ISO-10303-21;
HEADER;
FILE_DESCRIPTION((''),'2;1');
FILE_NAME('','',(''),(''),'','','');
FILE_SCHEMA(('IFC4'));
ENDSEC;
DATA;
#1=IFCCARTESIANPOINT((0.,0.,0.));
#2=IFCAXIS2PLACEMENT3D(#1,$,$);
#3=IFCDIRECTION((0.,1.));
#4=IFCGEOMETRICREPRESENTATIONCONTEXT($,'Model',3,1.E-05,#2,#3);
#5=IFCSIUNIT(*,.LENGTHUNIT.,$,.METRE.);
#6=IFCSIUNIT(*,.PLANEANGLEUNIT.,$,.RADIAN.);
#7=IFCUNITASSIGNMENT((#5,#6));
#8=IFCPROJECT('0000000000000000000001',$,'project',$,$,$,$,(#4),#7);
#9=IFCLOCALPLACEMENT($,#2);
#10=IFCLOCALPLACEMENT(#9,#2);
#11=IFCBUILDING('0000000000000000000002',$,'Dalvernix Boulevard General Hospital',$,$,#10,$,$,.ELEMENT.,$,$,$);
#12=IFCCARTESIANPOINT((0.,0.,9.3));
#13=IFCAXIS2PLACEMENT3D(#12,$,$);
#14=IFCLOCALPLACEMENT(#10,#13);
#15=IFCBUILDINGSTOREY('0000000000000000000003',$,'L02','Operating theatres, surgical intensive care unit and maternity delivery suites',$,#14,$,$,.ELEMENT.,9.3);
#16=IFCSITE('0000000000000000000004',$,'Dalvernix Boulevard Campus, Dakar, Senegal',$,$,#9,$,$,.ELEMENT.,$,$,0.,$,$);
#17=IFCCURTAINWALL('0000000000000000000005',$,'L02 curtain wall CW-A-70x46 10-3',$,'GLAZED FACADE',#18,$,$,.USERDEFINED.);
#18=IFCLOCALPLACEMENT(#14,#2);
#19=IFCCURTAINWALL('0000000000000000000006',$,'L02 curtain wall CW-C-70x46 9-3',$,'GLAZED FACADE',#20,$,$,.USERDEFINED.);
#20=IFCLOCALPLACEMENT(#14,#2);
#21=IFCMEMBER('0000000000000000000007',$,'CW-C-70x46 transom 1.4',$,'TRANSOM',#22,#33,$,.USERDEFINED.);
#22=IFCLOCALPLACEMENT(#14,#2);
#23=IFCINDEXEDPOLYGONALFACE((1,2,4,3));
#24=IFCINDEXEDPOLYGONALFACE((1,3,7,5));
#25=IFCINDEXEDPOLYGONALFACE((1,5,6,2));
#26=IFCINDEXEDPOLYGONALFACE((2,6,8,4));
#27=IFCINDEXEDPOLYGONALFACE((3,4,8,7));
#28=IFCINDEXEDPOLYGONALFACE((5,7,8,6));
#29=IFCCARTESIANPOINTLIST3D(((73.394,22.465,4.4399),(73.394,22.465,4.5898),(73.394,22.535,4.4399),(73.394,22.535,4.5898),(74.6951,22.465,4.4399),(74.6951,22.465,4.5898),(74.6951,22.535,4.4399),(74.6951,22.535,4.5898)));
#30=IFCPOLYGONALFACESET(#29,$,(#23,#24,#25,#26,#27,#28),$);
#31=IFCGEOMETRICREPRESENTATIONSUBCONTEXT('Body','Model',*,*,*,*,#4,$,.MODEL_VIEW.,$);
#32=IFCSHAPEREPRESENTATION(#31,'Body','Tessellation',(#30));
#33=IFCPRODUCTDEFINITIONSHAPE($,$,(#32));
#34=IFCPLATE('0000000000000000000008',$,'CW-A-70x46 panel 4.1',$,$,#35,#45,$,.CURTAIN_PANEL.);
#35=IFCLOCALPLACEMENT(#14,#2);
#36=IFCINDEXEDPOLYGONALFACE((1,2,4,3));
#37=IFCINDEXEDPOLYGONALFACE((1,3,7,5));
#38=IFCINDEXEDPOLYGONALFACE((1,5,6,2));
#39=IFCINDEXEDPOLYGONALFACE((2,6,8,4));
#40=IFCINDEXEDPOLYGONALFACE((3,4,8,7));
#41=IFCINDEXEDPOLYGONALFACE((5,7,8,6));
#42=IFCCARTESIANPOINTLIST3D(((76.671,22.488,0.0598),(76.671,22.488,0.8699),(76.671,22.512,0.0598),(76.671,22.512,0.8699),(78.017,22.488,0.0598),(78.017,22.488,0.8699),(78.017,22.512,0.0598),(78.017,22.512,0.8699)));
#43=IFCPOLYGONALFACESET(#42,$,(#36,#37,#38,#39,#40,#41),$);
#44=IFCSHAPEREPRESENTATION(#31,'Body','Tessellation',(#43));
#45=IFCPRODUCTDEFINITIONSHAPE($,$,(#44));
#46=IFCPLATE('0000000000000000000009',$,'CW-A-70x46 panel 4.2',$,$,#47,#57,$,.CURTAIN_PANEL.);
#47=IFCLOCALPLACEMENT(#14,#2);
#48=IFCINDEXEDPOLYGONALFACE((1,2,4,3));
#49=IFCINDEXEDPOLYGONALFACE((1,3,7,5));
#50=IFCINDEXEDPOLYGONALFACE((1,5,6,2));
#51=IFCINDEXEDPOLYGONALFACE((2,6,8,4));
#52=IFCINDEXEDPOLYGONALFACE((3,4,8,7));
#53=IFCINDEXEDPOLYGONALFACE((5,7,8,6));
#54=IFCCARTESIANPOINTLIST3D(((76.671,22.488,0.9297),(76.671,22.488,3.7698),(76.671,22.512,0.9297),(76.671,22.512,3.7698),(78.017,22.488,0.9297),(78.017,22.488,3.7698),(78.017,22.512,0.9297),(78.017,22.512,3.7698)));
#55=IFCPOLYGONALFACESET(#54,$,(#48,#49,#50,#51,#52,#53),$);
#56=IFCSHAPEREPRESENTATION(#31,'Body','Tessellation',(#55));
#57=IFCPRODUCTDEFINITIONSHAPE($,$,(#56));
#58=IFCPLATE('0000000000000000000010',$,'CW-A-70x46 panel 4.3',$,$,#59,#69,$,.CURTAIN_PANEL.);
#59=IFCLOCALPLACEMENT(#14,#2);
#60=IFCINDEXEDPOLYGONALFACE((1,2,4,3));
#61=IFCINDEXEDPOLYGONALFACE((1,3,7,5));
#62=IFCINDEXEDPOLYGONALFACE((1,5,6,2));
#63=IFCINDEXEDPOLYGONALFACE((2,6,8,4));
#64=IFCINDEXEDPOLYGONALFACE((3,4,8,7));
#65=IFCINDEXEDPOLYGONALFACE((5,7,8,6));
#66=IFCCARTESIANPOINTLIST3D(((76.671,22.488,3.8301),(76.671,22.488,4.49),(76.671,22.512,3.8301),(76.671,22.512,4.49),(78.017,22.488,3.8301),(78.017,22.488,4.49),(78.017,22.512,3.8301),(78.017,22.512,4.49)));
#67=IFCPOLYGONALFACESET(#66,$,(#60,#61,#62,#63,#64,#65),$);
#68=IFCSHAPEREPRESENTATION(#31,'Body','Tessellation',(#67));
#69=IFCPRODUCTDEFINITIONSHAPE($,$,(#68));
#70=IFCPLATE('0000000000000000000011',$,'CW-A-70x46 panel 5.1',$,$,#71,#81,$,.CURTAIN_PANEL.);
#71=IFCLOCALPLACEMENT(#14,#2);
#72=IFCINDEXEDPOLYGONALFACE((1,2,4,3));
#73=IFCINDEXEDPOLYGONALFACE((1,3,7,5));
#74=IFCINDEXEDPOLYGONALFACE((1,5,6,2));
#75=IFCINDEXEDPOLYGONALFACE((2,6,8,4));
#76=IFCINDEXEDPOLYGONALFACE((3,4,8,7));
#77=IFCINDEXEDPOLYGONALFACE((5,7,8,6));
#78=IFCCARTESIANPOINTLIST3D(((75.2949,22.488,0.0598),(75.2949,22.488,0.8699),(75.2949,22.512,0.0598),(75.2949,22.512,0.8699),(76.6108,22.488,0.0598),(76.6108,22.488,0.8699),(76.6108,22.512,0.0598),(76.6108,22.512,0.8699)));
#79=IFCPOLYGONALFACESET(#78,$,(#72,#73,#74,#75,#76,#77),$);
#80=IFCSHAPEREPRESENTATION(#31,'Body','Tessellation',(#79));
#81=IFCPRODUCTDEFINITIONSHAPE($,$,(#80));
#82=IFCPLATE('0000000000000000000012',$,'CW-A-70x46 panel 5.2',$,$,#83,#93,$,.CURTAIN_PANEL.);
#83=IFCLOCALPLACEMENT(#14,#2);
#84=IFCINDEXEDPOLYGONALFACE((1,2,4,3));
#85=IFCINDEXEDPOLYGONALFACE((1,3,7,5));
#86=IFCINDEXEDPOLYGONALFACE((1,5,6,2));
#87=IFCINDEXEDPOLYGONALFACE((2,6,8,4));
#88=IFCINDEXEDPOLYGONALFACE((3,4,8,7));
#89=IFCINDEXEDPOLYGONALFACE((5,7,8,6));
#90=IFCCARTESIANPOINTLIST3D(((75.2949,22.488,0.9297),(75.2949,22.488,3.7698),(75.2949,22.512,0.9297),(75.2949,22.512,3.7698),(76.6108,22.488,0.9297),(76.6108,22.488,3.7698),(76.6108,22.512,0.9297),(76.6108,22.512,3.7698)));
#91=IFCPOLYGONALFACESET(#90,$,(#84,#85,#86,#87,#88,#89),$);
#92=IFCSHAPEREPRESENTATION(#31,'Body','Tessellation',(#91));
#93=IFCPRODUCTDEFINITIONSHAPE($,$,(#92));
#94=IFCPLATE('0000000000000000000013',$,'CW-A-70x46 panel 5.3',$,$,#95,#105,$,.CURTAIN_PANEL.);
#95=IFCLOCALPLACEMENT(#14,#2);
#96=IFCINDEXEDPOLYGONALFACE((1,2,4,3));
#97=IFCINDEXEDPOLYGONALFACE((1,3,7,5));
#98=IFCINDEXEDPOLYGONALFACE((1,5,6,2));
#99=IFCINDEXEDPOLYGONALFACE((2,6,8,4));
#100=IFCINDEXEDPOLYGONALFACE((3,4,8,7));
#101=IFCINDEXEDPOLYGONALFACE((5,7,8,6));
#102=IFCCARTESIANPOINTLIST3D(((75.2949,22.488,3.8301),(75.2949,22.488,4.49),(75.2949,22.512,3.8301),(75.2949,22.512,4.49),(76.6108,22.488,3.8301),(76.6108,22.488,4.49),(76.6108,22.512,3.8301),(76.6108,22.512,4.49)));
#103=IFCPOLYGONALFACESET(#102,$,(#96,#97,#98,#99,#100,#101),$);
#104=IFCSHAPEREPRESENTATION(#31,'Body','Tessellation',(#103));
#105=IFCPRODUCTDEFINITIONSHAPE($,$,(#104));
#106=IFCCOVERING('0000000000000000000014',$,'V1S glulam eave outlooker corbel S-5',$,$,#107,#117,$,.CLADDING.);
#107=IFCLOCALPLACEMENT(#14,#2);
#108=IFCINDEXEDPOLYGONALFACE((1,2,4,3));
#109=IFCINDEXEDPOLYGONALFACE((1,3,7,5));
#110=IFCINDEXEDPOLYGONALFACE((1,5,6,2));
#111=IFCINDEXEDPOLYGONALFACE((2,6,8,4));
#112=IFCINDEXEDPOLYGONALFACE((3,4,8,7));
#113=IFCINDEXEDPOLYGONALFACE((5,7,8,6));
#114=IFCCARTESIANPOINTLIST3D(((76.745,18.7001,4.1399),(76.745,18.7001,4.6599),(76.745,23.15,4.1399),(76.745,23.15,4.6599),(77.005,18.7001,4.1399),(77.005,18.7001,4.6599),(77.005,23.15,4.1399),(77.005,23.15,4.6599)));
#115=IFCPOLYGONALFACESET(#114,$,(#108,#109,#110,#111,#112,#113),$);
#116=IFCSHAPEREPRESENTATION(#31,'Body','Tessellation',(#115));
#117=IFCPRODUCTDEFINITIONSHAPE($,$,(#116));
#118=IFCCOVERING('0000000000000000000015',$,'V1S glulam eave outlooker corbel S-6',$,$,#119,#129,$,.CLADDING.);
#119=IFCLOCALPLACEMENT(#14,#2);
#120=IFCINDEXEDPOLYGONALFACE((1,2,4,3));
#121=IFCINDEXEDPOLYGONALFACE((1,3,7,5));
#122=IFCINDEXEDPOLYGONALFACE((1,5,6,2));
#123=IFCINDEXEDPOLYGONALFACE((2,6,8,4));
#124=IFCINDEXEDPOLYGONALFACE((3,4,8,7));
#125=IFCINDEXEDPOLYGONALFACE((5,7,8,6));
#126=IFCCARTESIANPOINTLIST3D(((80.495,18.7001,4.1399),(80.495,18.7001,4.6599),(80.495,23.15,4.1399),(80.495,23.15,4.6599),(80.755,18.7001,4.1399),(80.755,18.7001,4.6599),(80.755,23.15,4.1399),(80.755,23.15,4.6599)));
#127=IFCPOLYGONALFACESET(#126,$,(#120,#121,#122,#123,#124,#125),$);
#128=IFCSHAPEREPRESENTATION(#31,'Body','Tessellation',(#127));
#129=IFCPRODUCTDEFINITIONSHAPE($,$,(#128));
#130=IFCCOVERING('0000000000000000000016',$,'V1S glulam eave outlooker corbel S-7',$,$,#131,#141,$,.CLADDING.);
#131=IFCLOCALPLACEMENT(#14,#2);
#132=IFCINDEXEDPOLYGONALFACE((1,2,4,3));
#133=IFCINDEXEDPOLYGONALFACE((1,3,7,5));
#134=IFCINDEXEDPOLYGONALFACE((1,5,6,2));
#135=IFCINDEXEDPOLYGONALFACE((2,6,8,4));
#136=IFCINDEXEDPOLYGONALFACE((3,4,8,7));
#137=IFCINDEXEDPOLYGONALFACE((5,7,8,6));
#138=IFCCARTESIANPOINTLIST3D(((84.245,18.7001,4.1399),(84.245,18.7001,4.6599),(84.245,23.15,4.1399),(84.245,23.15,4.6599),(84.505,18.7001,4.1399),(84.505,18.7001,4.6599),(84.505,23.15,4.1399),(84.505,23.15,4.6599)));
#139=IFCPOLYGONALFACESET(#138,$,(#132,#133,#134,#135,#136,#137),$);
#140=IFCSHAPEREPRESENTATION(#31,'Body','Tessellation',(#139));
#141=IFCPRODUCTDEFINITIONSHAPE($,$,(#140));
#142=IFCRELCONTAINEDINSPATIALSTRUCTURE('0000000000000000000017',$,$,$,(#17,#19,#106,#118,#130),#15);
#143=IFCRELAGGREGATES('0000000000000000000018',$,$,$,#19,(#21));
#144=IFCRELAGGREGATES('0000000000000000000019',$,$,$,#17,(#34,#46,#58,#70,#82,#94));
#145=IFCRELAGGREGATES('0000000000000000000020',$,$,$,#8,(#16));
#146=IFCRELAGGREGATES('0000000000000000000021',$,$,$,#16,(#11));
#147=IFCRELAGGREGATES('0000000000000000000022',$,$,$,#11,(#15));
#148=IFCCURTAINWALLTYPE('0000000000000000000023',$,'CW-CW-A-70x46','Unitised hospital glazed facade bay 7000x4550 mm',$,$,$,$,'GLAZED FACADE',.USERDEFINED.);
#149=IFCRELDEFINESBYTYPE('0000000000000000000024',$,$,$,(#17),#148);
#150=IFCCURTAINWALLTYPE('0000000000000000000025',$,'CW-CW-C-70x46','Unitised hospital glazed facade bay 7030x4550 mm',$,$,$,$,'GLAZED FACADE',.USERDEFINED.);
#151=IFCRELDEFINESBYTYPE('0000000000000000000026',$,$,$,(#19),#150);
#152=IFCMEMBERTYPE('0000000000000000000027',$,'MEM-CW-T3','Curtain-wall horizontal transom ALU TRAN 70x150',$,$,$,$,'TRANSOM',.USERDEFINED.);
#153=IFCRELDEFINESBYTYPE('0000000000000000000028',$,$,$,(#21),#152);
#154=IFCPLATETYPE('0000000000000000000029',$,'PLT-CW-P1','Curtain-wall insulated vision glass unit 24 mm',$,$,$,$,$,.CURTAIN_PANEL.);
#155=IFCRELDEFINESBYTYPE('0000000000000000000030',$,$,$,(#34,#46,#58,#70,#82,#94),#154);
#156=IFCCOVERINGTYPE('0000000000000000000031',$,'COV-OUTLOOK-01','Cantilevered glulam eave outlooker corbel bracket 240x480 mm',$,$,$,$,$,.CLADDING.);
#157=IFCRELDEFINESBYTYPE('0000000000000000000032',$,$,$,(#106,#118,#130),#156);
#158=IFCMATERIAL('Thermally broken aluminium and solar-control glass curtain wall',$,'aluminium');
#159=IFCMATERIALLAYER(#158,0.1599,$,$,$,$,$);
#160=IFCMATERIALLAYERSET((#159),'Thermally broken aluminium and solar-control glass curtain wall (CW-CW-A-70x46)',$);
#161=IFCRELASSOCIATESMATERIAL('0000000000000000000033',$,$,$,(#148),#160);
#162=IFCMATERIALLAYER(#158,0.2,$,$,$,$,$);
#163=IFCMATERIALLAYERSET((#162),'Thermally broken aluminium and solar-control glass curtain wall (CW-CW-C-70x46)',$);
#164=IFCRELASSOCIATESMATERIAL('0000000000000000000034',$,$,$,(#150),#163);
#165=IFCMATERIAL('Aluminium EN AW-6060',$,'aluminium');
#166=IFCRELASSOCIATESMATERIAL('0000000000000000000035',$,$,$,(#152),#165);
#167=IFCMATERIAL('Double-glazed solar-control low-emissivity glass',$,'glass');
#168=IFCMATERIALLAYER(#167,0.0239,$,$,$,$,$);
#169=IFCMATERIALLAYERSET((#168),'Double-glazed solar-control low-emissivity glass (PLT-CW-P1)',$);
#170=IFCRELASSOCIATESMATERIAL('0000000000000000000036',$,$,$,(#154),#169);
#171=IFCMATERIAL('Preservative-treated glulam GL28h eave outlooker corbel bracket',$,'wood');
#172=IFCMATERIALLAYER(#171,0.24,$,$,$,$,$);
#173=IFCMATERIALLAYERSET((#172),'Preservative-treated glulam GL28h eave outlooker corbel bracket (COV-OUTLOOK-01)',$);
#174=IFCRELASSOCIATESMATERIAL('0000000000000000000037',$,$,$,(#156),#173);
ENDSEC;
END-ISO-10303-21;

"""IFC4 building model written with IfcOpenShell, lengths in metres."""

from ifc_helpers import new_model, si_unit, direction, frame, origin, origin_2d, place, context, subcontext, project, spatial, rectangle, extrude, material, layer, layer_set, material_profile, profile_set, type_object, element, aggregate, save


model = new_model("IFC4")

# Units and contexts
model_context = context("Model", 3, precision=1e-05, world=origin(), true_north=direction((0.0, 1.0)))
body_context = subcontext(model_context, "Body", "Model", "MODEL_VIEW")
ifc_project = project(units=[si_unit("LENGTHUNIT", "METRE"), si_unit("PLANEANGLEUNIT", "RADIAN")], contexts=[model_context])

# Site, building, storey
site_placement = place(None, origin())
site = spatial("IfcSite", under=ifc_project, at=site_placement, Name="Dalvernix Boulevard Campus, Dakar, Senegal", CompositionType="ELEMENT", RefElevation=0.0)
building_placement = place(site_placement, origin())
building = spatial("IfcBuilding", under=site, at=building_placement, Name="Dalvernix Boulevard General Hospital", CompositionType="ELEMENT")
storey_placement = place(building_placement, frame((0.0, 0.0, 9.3)))
storey = spatial("IfcBuildingStorey", under=building, at=storey_placement, Name="L02", Description="Operating theatres, surgical intensive care unit and maternity delivery suites", CompositionType="ELEMENT", Elevation=9.3)

# Curtain wall
ifc_material_1 = material(Name="Thermally broken aluminium and solar-control glass curtain wall", Category="aluminium")
ifc_layer_1 = layer(ifc_material_1, 0.1599)
ifc_layer_set_1 = layer_set([ifc_layer_1], Name="Thermally broken aluminium and solar-control glass curtain wall (CW-CW-A-70x46)")
curtain_wall_type_1 = type_object("IfcCurtainWallType", Name="CW-CW-A-70x46", Description="Unitised hospital glazed facade bay 7000x4550 mm", ElementType="GLAZED FACADE", PredefinedType="USERDEFINED", material=ifc_layer_set_1)
curtain_wall_1_placement = place(storey_placement, origin())
curtain_wall_1 = element("IfcCurtainWall", 1, at=curtain_wall_1_placement, inside=storey, type_object=curtain_wall_type_1, Name="L02 curtain wall CW-A-70x46 10-3", ObjectType="GLAZED FACADE", PredefinedType="USERDEFINED")
ifc_material_2 = material(Name="Aluminium EN AW-6060", Category="aluminium")

# Curtain wall
ifc_layer_2 = layer(ifc_material_1, 0.2)
ifc_layer_set_2 = layer_set([ifc_layer_2], Name="Thermally broken aluminium and solar-control glass curtain wall (CW-CW-C-70x46)")
curtain_wall_type_2 = type_object("IfcCurtainWallType", Name="CW-CW-C-70x46", Description="Unitised hospital glazed facade bay 7030x4550 mm", ElementType="GLAZED FACADE", PredefinedType="USERDEFINED", material=ifc_layer_set_2)
curtain_wall_2_placement = place(storey_placement, origin())
curtain_wall_2 = element("IfcCurtainWall", 2, at=curtain_wall_2_placement, inside=storey, type_object=curtain_wall_type_2, Name="L02 curtain wall CW-C-70x46 9-3", ObjectType="GLAZED FACADE", PredefinedType="USERDEFINED")

# Member
ifc_material_profile_1 = material_profile(ifc_material_2, rectangle(XDim=0.0701, YDim=0.1499, at=origin_2d()), Name="ALU TRAN 70x150")
ifc_profile_set_1 = profile_set([ifc_material_profile_1], Name="Aluminium EN AW-6060")
member_type_1 = type_object("IfcMemberType", Name="MEM-CW-T3", Description="Curtain-wall horizontal transom ALU TRAN 70x150", ElementType="TRANSOM", PredefinedType="USERDEFINED", material=ifc_profile_set_1)
member_1_placement = place(storey_placement, frame((74.6951, 22.5, 4.5149), z_axis=(-1.0, 0.0, 0.0), x_axis=(0.0, -1.0, 0.0)))
member_1 = element("IfcMember", 3, at=member_1_placement, type_object=member_type_1, Name="CW-C-70x46 transom 1.4", ObjectType="TRANSOM", PredefinedType="USERDEFINED", context=body_context, shape_type="SweptSolid", body=[
    extrude(rectangle(XDim=0.0701, YDim=0.1499, at=origin_2d()), origin(), (0.0, 0.0, 1.0), 1.301),
])
aggregate(curtain_wall_2, [member_1])

# Plates
ifc_material_3 = material(Name="Double-glazed solar-control low-emissivity glass", Category="glass")
ifc_layer_3 = layer(ifc_material_3, 0.0239)
ifc_layer_set_3 = layer_set([ifc_layer_3], Name="Double-glazed solar-control low-emissivity glass (PLT-CW-P1)")
plate_type = type_object("IfcPlateType", Name="PLT-CW-P1", Description="Curtain-wall insulated vision glass unit 24 mm", PredefinedType="CURTAIN_PANEL", material=ifc_layer_set_3)
plate_1_placement = place(storey_placement, frame((77.344, 22.5, 0.0598), z_axis=(0.0, 0.0, 1.0), x_axis=(-1.0, 0.0, 0.0)))
plate_1 = element("IfcPlate", 4, at=plate_1_placement, type_object=plate_type, Name="CW-A-70x46 panel 4.1", PredefinedType="CURTAIN_PANEL", context=body_context, shape_type="SweptSolid", body=[
    extrude(rectangle(XDim=1.3459, YDim=0.0239, at=origin_2d()), origin(), (0.0, 0.0, 1.0), 0.8101),
])
plate_2_placement = place(storey_placement, frame((77.344, 22.5, 0.9297), z_axis=(0.0, 0.0, 1.0), x_axis=(-1.0, 0.0, 0.0)))
plate_2 = element("IfcPlate", 5, at=plate_2_placement, type_object=plate_type, Name="CW-A-70x46 panel 4.2", PredefinedType="CURTAIN_PANEL", context=body_context, shape_type="SweptSolid", body=[
    extrude(rectangle(XDim=1.3459, YDim=0.0239, at=origin_2d()), origin(), (0.0, 0.0, 1.0), 2.8401),
])
plate_3_placement = place(storey_placement, frame((77.344, 22.5, 3.8301), z_axis=(0.0, 0.0, 1.0), x_axis=(-1.0, 0.0, 0.0)))
plate_3 = element("IfcPlate", 6, at=plate_3_placement, type_object=plate_type, Name="CW-A-70x46 panel 4.3", PredefinedType="CURTAIN_PANEL", context=body_context, shape_type="SweptSolid", body=[
    extrude(rectangle(XDim=1.3459, YDim=0.0239, at=origin_2d()), origin(), (0.0, 0.0, 1.0), 0.6599),
])
plate_4_placement = place(storey_placement, frame((75.9529, 22.5, 0.0598), z_axis=(0.0, 0.0, 1.0), x_axis=(-1.0, 0.0, 0.0)))
plate_4 = element("IfcPlate", 7, at=plate_4_placement, type_object=plate_type, Name="CW-A-70x46 panel 5.1", PredefinedType="CURTAIN_PANEL", context=body_context, shape_type="SweptSolid", body=[
    extrude(rectangle(XDim=1.3159, YDim=0.0239, at=origin_2d()), origin(), (0.0, 0.0, 1.0), 0.8101),
])
plate_5_placement = place(storey_placement, frame((75.9529, 22.5, 0.9297), z_axis=(0.0, 0.0, 1.0), x_axis=(-1.0, 0.0, 0.0)))
plate_5 = element("IfcPlate", 8, at=plate_5_placement, type_object=plate_type, Name="CW-A-70x46 panel 5.2", PredefinedType="CURTAIN_PANEL", context=body_context, shape_type="SweptSolid", body=[
    extrude(rectangle(XDim=1.3159, YDim=0.0239, at=origin_2d()), origin(), (0.0, 0.0, 1.0), 2.8401),
])
plate_6_placement = place(storey_placement, frame((75.9529, 22.5, 3.8301), z_axis=(0.0, 0.0, 1.0), x_axis=(-1.0, 0.0, 0.0)))
plate_6 = element("IfcPlate", 9, at=plate_6_placement, type_object=plate_type, Name="CW-A-70x46 panel 5.3", PredefinedType="CURTAIN_PANEL", context=body_context, shape_type="SweptSolid", body=[
    extrude(rectangle(XDim=1.3159, YDim=0.0239, at=origin_2d()), origin(), (0.0, 0.0, 1.0), 0.6599),
])
aggregate(curtain_wall_1, [plate_1, plate_2, plate_3, plate_4, plate_5, plate_6])

# Coverings
ifc_material_4 = material(Name="Preservative-treated glulam GL28h eave outlooker corbel bracket", Category="wood")
ifc_layer_4 = layer(ifc_material_4, 0.24)
ifc_layer_set_4 = layer_set([ifc_layer_4], Name="Preservative-treated glulam GL28h eave outlooker corbel bracket (COV-OUTLOOK-01)")
covering_type = type_object("IfcCoveringType", Name="COV-OUTLOOK-01", Description="Cantilevered glulam eave outlooker corbel bracket 240x480 mm", PredefinedType="CLADDING", material=ifc_layer_set_4)
for number, where, z_axis, x_axis, name in (
    (10, (76.875, 20.925, 4.1399), (0.0, 0.0, 1.0), (1.0, 0.0, 0.0), "V1S glulam eave outlooker corbel S-5"),
    (11, (80.625, 20.925, 4.1399), (0.0, 0.0, 1.0), (1.0, 0.0, 0.0), "V1S glulam eave outlooker corbel S-6"),
    (12, (84.375, 20.925, 4.1399), (0.0, 0.0, 1.0), (1.0, 0.0, 0.0), "V1S glulam eave outlooker corbel S-7"),
):
    element("IfcCovering", number, at=place(storey_placement, frame(where, z_axis=z_axis, x_axis=x_axis)), inside=storey, type_object=covering_type, Name=name, PredefinedType="CLADDING", context=body_context, shape_type="SweptSolid", body=[
        extrude(rectangle(XDim=0.26, YDim=4.45, at=origin_2d()), origin(), (0.0, 0.0, 1.0), 0.52),
    ])

save(model, "model.ifc")
